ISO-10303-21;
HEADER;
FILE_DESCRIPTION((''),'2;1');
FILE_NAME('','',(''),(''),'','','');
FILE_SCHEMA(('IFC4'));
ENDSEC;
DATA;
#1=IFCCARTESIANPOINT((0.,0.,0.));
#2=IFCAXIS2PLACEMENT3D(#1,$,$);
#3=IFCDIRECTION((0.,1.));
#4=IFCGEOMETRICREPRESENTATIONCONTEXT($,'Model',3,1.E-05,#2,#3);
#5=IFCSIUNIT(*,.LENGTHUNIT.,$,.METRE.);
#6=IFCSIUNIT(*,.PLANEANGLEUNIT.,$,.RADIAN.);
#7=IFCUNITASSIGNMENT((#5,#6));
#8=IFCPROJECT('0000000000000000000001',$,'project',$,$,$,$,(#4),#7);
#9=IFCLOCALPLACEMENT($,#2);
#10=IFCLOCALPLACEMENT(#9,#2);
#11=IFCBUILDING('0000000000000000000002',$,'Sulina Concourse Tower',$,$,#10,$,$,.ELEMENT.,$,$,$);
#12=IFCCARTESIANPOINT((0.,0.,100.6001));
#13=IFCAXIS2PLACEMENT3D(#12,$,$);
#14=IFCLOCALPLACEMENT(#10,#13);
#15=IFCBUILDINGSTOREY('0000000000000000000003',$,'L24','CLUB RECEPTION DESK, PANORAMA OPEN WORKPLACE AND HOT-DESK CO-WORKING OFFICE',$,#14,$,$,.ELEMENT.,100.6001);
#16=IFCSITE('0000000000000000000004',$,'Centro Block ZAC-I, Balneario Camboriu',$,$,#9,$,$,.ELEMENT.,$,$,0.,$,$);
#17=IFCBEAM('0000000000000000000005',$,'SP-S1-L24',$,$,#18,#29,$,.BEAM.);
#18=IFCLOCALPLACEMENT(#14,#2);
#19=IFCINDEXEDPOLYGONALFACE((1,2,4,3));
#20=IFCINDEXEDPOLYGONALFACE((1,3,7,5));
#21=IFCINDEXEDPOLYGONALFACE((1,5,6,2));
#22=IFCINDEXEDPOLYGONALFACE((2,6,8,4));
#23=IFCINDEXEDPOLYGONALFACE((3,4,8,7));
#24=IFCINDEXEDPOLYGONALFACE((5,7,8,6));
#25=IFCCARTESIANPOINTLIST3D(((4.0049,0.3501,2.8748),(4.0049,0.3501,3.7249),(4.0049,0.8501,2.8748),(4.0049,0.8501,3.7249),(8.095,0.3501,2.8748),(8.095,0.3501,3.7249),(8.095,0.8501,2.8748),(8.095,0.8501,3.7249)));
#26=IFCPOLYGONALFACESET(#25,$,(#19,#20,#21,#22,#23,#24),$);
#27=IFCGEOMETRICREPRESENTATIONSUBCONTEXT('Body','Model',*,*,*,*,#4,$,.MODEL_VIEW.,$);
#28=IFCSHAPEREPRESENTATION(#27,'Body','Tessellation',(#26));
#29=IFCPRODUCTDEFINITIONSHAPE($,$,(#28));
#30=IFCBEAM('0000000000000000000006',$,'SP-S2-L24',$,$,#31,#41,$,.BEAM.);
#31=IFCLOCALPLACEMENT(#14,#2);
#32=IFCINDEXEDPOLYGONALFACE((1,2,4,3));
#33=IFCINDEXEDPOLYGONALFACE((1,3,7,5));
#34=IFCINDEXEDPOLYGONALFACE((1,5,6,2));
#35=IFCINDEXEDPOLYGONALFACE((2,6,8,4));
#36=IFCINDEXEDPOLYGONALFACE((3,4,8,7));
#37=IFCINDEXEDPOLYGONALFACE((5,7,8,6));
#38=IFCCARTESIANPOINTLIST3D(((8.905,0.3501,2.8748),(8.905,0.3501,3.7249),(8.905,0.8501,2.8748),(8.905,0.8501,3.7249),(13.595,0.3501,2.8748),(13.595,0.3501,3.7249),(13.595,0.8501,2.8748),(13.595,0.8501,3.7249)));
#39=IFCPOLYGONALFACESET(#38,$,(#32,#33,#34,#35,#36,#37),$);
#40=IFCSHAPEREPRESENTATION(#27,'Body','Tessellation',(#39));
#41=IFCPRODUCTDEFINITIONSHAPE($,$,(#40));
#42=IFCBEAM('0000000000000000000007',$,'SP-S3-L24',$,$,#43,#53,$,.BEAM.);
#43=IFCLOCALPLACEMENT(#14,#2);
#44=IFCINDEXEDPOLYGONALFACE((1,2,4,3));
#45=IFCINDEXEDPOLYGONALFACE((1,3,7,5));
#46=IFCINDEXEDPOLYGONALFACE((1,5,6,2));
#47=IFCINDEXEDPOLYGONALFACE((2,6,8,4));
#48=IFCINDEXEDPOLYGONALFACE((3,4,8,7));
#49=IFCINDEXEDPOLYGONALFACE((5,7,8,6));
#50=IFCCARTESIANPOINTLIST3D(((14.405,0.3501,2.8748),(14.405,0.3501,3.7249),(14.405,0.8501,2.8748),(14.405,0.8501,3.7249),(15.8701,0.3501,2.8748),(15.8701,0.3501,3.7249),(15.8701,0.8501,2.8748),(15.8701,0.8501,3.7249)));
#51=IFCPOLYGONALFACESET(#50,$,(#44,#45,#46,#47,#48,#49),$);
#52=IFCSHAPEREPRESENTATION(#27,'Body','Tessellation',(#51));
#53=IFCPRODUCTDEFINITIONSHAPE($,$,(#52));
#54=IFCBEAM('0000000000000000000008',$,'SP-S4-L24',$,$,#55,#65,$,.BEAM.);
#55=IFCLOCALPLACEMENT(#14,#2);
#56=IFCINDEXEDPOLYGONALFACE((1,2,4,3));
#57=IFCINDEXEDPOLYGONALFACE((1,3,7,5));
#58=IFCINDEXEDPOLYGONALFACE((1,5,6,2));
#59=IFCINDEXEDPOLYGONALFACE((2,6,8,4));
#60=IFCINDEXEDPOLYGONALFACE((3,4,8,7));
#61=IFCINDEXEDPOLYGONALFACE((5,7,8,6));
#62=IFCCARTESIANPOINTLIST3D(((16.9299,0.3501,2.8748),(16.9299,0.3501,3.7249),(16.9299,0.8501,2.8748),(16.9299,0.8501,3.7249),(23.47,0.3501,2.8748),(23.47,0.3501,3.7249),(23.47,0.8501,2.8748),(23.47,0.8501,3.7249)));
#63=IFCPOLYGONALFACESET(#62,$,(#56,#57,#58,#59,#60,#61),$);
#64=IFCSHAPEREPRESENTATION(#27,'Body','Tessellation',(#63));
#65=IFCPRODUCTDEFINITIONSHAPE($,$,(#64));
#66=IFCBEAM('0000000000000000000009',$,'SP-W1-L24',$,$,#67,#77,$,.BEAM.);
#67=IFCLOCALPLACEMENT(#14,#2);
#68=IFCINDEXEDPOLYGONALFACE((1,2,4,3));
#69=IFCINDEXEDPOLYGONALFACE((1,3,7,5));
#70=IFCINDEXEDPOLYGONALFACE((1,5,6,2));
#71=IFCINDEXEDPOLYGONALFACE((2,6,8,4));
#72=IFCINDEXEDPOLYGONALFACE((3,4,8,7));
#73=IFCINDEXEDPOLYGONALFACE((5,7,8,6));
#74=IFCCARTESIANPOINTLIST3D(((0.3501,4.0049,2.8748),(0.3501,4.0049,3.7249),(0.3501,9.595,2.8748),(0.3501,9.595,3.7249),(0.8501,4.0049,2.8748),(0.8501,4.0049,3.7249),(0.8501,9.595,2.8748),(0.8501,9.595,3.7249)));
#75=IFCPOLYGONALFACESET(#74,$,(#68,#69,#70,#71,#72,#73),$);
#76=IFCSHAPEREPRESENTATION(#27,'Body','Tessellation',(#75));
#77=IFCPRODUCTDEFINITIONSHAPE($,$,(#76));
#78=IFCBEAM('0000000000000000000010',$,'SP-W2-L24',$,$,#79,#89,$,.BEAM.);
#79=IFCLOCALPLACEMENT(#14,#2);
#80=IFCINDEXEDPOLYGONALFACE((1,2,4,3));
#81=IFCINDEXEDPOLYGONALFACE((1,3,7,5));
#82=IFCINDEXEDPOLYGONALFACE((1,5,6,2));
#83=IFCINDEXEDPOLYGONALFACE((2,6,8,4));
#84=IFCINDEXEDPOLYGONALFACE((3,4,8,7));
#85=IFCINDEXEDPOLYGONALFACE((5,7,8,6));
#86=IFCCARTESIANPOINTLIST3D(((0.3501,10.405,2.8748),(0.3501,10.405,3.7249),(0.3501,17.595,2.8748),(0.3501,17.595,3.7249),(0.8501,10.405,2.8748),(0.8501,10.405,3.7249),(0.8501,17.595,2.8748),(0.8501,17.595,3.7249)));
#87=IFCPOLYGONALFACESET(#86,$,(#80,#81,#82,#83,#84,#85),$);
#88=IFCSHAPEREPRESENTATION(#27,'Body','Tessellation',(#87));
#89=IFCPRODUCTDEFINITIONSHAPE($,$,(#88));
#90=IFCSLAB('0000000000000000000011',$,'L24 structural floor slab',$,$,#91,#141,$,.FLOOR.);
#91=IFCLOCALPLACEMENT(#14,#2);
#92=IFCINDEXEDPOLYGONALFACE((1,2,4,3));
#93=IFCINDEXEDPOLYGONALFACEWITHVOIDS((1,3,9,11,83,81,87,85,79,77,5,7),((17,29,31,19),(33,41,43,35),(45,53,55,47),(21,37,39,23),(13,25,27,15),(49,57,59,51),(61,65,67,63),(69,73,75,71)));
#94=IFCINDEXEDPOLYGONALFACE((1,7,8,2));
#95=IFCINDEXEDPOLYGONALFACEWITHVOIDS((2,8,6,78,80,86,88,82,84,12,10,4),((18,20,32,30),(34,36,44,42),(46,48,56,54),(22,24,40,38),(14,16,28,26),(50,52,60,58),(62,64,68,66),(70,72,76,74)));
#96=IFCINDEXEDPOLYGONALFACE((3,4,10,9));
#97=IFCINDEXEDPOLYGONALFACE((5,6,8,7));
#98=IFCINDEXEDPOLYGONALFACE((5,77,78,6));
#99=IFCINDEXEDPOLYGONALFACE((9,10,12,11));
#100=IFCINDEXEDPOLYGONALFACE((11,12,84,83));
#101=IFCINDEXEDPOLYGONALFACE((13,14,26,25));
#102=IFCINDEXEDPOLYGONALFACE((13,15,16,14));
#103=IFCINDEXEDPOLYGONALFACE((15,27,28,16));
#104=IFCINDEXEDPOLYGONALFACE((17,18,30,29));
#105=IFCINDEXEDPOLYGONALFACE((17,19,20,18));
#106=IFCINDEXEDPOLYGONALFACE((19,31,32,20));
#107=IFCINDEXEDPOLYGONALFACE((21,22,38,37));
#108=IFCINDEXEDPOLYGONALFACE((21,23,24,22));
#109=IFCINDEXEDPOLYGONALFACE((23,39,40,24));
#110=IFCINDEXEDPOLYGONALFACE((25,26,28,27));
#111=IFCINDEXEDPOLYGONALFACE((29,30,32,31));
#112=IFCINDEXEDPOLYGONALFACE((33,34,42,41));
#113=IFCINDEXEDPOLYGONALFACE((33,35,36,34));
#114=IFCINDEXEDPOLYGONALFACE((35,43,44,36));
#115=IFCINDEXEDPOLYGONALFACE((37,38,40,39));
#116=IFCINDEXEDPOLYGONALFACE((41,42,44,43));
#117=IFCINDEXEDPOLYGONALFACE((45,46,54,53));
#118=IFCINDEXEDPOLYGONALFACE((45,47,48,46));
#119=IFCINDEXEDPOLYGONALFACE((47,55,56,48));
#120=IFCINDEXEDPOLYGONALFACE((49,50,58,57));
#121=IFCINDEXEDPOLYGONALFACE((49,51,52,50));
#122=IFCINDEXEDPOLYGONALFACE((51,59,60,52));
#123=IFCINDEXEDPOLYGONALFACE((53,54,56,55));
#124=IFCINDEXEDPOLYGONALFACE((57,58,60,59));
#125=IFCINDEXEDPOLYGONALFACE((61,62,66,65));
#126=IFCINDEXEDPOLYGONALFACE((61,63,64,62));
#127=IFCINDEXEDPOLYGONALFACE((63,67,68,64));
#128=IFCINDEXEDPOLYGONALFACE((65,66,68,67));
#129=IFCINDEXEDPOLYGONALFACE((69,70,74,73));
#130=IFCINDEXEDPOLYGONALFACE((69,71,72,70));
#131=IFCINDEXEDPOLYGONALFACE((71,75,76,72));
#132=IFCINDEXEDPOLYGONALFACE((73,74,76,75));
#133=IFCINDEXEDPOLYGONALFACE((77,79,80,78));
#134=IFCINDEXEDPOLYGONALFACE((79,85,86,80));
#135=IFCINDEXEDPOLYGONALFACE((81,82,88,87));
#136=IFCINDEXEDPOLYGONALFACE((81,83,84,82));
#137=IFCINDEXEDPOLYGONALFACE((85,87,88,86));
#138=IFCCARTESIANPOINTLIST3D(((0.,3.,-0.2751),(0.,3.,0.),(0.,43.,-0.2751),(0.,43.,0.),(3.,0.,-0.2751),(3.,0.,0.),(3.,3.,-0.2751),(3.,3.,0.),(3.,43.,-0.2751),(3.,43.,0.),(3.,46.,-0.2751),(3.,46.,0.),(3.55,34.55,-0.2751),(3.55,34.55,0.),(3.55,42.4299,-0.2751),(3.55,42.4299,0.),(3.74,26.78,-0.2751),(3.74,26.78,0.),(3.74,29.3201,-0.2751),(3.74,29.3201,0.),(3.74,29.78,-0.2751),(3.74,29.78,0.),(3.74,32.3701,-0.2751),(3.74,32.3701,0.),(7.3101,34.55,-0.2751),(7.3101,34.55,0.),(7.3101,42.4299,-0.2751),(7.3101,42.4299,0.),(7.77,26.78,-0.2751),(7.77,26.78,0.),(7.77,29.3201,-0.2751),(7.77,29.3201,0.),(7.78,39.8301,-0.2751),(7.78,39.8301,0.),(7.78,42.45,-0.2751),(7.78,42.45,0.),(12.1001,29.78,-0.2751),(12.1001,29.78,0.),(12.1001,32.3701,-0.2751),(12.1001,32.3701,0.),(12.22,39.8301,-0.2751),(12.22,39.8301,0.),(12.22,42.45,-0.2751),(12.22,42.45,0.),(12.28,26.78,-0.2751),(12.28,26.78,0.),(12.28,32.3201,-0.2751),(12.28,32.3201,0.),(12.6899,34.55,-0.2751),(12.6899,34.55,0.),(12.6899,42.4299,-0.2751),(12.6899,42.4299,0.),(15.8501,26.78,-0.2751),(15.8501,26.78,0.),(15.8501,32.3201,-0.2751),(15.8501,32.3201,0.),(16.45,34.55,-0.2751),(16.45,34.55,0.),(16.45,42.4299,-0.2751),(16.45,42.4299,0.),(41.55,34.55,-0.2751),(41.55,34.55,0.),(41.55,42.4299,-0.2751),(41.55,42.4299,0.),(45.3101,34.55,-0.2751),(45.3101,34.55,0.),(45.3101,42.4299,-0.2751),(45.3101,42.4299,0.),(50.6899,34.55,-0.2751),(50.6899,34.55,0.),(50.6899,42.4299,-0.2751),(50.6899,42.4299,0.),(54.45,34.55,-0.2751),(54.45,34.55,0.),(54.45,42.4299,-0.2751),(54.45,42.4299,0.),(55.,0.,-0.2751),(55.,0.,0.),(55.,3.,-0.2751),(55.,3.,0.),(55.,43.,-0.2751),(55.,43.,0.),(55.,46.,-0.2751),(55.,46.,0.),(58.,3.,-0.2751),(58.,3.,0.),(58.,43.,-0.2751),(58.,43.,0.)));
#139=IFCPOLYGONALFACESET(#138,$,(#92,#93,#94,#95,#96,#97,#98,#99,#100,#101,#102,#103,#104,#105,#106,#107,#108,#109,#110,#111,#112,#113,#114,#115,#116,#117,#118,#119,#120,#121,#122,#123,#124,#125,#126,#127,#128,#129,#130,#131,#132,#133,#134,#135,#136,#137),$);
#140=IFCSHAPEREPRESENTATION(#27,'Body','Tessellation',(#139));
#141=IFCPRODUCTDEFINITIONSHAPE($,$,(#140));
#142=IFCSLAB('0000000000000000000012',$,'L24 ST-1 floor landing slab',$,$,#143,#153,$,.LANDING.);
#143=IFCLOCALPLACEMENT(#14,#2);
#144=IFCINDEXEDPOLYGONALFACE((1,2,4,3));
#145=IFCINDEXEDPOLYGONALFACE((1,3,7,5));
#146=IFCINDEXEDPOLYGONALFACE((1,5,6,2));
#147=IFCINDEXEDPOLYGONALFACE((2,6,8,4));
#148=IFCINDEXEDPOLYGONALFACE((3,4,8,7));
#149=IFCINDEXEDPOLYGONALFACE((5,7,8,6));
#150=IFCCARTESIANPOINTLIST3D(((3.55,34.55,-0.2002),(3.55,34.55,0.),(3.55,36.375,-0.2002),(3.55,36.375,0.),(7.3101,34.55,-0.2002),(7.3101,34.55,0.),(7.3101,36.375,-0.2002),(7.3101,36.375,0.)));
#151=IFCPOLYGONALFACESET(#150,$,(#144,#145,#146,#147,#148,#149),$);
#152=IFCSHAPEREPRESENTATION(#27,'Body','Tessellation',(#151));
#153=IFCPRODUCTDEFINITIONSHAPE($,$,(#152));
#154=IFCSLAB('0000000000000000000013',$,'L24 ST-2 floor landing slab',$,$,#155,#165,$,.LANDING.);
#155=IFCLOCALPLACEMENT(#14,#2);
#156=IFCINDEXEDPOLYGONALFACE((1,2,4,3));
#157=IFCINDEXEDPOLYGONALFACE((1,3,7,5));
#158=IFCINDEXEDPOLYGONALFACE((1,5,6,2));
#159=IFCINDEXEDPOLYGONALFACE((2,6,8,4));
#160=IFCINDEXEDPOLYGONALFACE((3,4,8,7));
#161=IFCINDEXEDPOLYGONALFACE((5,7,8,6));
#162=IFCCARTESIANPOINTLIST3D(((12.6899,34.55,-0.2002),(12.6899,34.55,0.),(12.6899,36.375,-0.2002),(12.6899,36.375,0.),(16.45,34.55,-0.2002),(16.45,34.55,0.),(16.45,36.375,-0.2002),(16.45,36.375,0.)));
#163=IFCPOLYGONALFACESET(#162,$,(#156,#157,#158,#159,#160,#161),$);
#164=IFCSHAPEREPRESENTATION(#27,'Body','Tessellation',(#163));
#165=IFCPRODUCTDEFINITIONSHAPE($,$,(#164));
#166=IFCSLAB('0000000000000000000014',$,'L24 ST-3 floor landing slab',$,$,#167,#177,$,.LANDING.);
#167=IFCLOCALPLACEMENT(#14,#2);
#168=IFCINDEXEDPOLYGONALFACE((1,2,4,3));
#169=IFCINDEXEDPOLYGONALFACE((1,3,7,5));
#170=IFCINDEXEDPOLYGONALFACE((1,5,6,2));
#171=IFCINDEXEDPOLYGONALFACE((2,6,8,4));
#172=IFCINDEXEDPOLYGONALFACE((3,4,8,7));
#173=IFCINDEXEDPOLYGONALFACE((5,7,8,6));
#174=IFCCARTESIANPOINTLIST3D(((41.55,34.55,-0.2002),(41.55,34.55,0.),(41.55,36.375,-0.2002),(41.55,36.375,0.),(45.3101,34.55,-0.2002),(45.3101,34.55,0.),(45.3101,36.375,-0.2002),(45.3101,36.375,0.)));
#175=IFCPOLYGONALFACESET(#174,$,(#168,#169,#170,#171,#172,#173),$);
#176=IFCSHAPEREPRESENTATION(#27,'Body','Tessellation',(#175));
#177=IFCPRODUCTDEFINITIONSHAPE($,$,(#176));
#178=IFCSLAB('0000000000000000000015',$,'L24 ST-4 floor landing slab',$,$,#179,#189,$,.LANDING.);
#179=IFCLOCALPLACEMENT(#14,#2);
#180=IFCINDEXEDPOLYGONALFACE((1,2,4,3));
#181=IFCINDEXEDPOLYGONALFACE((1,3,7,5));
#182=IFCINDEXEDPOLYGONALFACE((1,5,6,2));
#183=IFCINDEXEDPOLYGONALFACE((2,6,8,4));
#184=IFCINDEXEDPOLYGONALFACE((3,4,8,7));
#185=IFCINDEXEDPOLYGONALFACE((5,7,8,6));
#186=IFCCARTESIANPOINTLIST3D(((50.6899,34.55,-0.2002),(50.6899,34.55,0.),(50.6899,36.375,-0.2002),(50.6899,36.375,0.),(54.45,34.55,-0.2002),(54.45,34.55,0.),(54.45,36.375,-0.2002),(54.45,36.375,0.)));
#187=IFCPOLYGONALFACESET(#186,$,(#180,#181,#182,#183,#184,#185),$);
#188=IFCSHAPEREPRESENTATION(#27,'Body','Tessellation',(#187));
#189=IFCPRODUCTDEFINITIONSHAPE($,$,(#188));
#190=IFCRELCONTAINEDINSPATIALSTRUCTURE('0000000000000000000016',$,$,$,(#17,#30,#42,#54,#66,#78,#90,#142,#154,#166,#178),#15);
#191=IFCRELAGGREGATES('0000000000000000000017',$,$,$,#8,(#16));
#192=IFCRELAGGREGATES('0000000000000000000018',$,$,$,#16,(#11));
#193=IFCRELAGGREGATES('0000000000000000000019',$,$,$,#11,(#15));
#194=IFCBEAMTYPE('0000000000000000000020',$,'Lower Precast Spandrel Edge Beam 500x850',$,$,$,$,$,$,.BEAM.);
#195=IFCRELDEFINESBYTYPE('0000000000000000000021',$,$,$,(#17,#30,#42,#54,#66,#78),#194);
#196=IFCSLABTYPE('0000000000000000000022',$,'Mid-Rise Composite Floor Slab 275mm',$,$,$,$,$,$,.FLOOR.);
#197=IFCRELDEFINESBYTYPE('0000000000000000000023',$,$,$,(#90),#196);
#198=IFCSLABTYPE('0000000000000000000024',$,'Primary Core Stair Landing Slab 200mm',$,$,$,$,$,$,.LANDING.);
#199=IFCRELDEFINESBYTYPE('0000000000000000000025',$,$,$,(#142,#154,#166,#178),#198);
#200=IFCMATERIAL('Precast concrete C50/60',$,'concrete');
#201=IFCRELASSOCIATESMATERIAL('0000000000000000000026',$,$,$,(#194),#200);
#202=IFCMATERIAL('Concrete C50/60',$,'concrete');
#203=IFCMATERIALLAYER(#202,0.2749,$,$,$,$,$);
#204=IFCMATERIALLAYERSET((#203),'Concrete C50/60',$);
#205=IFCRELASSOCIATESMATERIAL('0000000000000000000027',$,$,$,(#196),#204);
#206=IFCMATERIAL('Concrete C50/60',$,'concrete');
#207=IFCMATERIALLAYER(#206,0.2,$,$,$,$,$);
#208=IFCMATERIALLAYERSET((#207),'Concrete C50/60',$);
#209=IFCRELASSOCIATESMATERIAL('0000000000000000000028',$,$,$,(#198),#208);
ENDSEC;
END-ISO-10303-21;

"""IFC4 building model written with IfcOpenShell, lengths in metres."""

from ifc_helpers import new_model, si_unit, direction, frame, origin, origin_2d, place, context, subcontext, project, spatial, polyline, rectangle, outline, extrude, material, layer, layer_set, material_profile, profile_set, type_object, element, save


model = new_model("IFC4")

# Units and contexts
model_context = context("Model", 3, precision=1e-05, world=origin(), true_north=direction((0.0, 1.0)))
body_context = subcontext(model_context, "Body", "Model", "MODEL_VIEW")
ifc_project = project(units=[si_unit("LENGTHUNIT", "METRE"), si_unit("PLANEANGLEUNIT", "RADIAN")], contexts=[model_context])

# Site, building, storey
site_placement = place(None, origin())
site = spatial("IfcSite", under=ifc_project, at=site_placement, Name="Centro Block ZAC-I, Balneario Camboriu", CompositionType="ELEMENT", RefElevation=0.0)
building_placement = place(site_placement, origin())
building = spatial("IfcBuilding", under=site, at=building_placement, Name="Sulina Concourse Tower", CompositionType="ELEMENT")
storey_placement = place(building_placement, frame((0.0, 0.0, 100.6001)))
storey = spatial("IfcBuildingStorey", under=building, at=storey_placement, Name="L24", Description="CLUB RECEPTION DESK, PANORAMA OPEN WORKPLACE AND HOT-DESK CO-WORKING OFFICE", CompositionType="ELEMENT", Elevation=100.6001)

# Beams
ifc_material_1 = material(Name="Precast concrete C50/60", Category="concrete")
ifc_material_profile_1 = material_profile(ifc_material_1, rectangle(XDim=0.5, YDim=0.8501, at=origin_2d()), Name="RC 500x850")
ifc_profile_set_1 = profile_set([ifc_material_profile_1], Name="Precast concrete C50/60")
beam_type_1 = type_object("IfcBeamType", Name="Lower Precast Spandrel Edge Beam 500x850", PredefinedType="BEAM", material=ifc_profile_set_1)
beam_1_placement = place(storey_placement, frame((4.0049, 0.6001, 3.2998), z_axis=(1.0, 0.0, 0.0), x_axis=(0.0, 1.0, 0.0)))
element("IfcBeam", 1, at=beam_1_placement, inside=storey, type_object=beam_type_1, Name="SP-S1-L24", PredefinedType="BEAM", context=body_context, shape_type="SweptSolid", body=[
    extrude(rectangle(XDim=0.5, YDim=0.8501, at=origin_2d()), origin(), (0.0, 0.0, 1.0), 4.0901),
])
beam_2_placement = place(storey_placement, frame((8.905, 0.6001, 3.2998), z_axis=(1.0, 0.0, 0.0), x_axis=(0.0, 1.0, 0.0)))
element("IfcBeam", 2, at=beam_2_placement, inside=storey, type_object=beam_type_1, Name="SP-S2-L24", PredefinedType="BEAM", context=body_context, shape_type="SweptSolid", body=[
    extrude(rectangle(XDim=0.5, YDim=0.8501, at=origin_2d()), origin(), (0.0, 0.0, 1.0), 4.6899),
])
beam_3_placement = place(storey_placement, frame((14.405, 0.6001, 3.2998), z_axis=(1.0, 0.0, 0.0), x_axis=(0.0, 1.0, 0.0)))
element("IfcBeam", 3, at=beam_3_placement, inside=storey, type_object=beam_type_1, Name="SP-S3-L24", PredefinedType="BEAM", context=body_context, shape_type="SweptSolid", body=[
    extrude(rectangle(XDim=0.5, YDim=0.8501, at=origin_2d()), origin(), (0.0, 0.0, 1.0), 1.4651),
])
beam_4_placement = place(storey_placement, frame((16.9299, 0.6001, 3.2998), z_axis=(1.0, 0.0, 0.0), x_axis=(0.0, 1.0, 0.0)))
element("IfcBeam", 4, at=beam_4_placement, inside=storey, type_object=beam_type_1, Name="SP-S4-L24", PredefinedType="BEAM", context=body_context, shape_type="SweptSolid", body=[
    extrude(rectangle(XDim=0.5, YDim=0.8501, at=origin_2d()), origin(), (0.0, 0.0, 1.0), 6.54),
])
beam_5_placement = place(storey_placement, frame((0.6001, 4.0049, 3.2998), z_axis=(0.0, 1.0, 0.0), x_axis=(-1.0, 0.0, 0.0)))
element("IfcBeam", 5, at=beam_5_placement, inside=storey, type_object=beam_type_1, Name="SP-W1-L24", PredefinedType="BEAM", context=body_context, shape_type="SweptSolid", body=[
    extrude(rectangle(XDim=0.5, YDim=0.8501, at=origin_2d()), origin(), (0.0, 0.0, 1.0), 5.5901),
])
beam_6_placement = place(storey_placement, frame((0.6001, 10.405, 3.2998), z_axis=(0.0, 1.0, 0.0), x_axis=(-1.0, 0.0, 0.0)))
element("IfcBeam", 6, at=beam_6_placement, inside=storey, type_object=beam_type_1, Name="SP-W2-L24", PredefinedType="BEAM", context=body_context, shape_type="SweptSolid", body=[
    extrude(rectangle(XDim=0.5, YDim=0.8501, at=origin_2d()), origin(), (0.0, 0.0, 1.0), 7.1899),
])

# Slabs
ifc_material_2 = material(Name="Concrete C50/60", Category="concrete")
ifc_layer_1 = layer(ifc_material_2, 0.2749)
ifc_layer_set_1 = layer_set([ifc_layer_1], Name="Concrete C50/60")
slab_type_1 = type_object("IfcSlabType", Name="Mid-Rise Composite Floor Slab 275mm", PredefinedType="FLOOR", material=ifc_layer_set_1)
slab_1_placement = place(storey_placement, frame((0.0, 0.0, -0.2751)))
element("IfcSlab", 7, at=slab_1_placement, inside=storey, type_object=slab_type_1, Name="L24 structural floor slab", PredefinedType="FLOOR", context=body_context, shape_type="SweptSolid", body=[
    extrude(outline(polyline([(3.0, 0.0), (55.0, 0.0), (55.0, 3.0), (58.0, 3.0), (58.0, 43.0), (55.0, 43.0), (55.0, 46.0), (3.0, 46.0), (3.0, 43.0), (0.0, 43.0), (0.0, 3.0), (3.0, 3.0), (3.0, 0.0)]), holes=[polyline([(7.3101, 34.55), (7.3101, 42.4299), (3.55, 42.4299), (3.55, 34.55), (7.3101, 34.55)]), polyline([(16.45, 34.55), (16.45, 42.4299), (12.6899, 42.4299), (12.6899, 34.55), (16.45, 34.55)]), polyline([(45.3101, 34.55), (45.3101, 42.4299), (41.55, 42.4299), (41.55, 34.55), (45.3101, 34.55)]), polyline([(54.45, 34.55), (54.45, 42.4299), (50.6899, 42.4299), (50.6899, 34.55), (54.45, 34.55)]), polyline([(7.78, 39.8301), (12.22, 39.8301), (12.22, 42.45), (7.78, 42.45), (7.78, 39.8301)]), polyline([(3.74, 26.78), (7.77, 26.78), (7.77, 29.3201), (3.74, 29.3201), (3.74, 26.78)]), polyline([(3.74, 29.78), (12.1001, 29.78), (12.1001, 32.3701), (3.74, 32.3701), (3.74, 29.78)]), polyline([(12.28, 26.78), (15.8501, 26.78), (15.8501, 32.3201), (12.28, 32.3201), (12.28, 26.78)])]), origin(), (0.0, 0.0, 1.0), 0.2751),
])
ifc_material_3 = material(Name="Concrete C50/60", Category="concrete")
ifc_layer_2 = layer(ifc_material_3, 0.2)
ifc_layer_set_2 = layer_set([ifc_layer_2], Name="Concrete C50/60")
slab_type_2 = type_object("IfcSlabType", Name="Primary Core Stair Landing Slab 200mm", PredefinedType="LANDING", material=ifc_layer_set_2)
slab_2_placement = place(storey_placement, frame((0.0, 0.0, -0.2002)))
element("IfcSlab", 8, at=slab_2_placement, inside=storey, type_object=slab_type_2, Name="L24 ST-1 floor landing slab", PredefinedType="LANDING", context=body_context, shape_type="SweptSolid", body=[
    extrude(outline(polyline([(7.3101, 34.55), (7.3101, 36.375), (3.55, 36.375), (3.55, 34.55), (7.3101, 34.55)])), origin(), (0.0, 0.0, 1.0), 0.2002),
])
slab_3_placement = place(storey_placement, frame((0.0, 0.0, -0.2002)))
element("IfcSlab", 9, at=slab_3_placement, inside=storey, type_object=slab_type_2, Name="L24 ST-2 floor landing slab", PredefinedType="LANDING", context=body_context, shape_type="SweptSolid", body=[
    extrude(outline(polyline([(16.45, 34.55), (16.45, 36.375), (12.6899, 36.375), (12.6899, 34.55), (16.45, 34.55)])), origin(), (0.0, 0.0, 1.0), 0.2002),
])
slab_4_placement = place(storey_placement, frame((0.0, 0.0, -0.2002)))
element("IfcSlab", 10, at=slab_4_placement, inside=storey, type_object=slab_type_2, Name="L24 ST-3 floor landing slab", PredefinedType="LANDING", context=body_context, shape_type="SweptSolid", body=[
    extrude(outline(polyline([(45.3101, 34.55), (45.3101, 36.375), (41.55, 36.375), (41.55, 34.55), (45.3101, 34.55)])), origin(), (0.0, 0.0, 1.0), 0.2002),
])
slab_5_placement = place(storey_placement, frame((0.0, 0.0, -0.2002)))
element("IfcSlab", 11, at=slab_5_placement, inside=storey, type_object=slab_type_2, Name="L24 ST-4 floor landing slab", PredefinedType="LANDING", context=body_context, shape_type="SweptSolid", body=[
    extrude(outline(polyline([(54.45, 34.55), (54.45, 36.375), (50.6899, 36.375), (50.6899, 34.55), (54.45, 34.55)])), origin(), (0.0, 0.0, 1.0), 0.2002),
])

save(model, "model.ifc")
